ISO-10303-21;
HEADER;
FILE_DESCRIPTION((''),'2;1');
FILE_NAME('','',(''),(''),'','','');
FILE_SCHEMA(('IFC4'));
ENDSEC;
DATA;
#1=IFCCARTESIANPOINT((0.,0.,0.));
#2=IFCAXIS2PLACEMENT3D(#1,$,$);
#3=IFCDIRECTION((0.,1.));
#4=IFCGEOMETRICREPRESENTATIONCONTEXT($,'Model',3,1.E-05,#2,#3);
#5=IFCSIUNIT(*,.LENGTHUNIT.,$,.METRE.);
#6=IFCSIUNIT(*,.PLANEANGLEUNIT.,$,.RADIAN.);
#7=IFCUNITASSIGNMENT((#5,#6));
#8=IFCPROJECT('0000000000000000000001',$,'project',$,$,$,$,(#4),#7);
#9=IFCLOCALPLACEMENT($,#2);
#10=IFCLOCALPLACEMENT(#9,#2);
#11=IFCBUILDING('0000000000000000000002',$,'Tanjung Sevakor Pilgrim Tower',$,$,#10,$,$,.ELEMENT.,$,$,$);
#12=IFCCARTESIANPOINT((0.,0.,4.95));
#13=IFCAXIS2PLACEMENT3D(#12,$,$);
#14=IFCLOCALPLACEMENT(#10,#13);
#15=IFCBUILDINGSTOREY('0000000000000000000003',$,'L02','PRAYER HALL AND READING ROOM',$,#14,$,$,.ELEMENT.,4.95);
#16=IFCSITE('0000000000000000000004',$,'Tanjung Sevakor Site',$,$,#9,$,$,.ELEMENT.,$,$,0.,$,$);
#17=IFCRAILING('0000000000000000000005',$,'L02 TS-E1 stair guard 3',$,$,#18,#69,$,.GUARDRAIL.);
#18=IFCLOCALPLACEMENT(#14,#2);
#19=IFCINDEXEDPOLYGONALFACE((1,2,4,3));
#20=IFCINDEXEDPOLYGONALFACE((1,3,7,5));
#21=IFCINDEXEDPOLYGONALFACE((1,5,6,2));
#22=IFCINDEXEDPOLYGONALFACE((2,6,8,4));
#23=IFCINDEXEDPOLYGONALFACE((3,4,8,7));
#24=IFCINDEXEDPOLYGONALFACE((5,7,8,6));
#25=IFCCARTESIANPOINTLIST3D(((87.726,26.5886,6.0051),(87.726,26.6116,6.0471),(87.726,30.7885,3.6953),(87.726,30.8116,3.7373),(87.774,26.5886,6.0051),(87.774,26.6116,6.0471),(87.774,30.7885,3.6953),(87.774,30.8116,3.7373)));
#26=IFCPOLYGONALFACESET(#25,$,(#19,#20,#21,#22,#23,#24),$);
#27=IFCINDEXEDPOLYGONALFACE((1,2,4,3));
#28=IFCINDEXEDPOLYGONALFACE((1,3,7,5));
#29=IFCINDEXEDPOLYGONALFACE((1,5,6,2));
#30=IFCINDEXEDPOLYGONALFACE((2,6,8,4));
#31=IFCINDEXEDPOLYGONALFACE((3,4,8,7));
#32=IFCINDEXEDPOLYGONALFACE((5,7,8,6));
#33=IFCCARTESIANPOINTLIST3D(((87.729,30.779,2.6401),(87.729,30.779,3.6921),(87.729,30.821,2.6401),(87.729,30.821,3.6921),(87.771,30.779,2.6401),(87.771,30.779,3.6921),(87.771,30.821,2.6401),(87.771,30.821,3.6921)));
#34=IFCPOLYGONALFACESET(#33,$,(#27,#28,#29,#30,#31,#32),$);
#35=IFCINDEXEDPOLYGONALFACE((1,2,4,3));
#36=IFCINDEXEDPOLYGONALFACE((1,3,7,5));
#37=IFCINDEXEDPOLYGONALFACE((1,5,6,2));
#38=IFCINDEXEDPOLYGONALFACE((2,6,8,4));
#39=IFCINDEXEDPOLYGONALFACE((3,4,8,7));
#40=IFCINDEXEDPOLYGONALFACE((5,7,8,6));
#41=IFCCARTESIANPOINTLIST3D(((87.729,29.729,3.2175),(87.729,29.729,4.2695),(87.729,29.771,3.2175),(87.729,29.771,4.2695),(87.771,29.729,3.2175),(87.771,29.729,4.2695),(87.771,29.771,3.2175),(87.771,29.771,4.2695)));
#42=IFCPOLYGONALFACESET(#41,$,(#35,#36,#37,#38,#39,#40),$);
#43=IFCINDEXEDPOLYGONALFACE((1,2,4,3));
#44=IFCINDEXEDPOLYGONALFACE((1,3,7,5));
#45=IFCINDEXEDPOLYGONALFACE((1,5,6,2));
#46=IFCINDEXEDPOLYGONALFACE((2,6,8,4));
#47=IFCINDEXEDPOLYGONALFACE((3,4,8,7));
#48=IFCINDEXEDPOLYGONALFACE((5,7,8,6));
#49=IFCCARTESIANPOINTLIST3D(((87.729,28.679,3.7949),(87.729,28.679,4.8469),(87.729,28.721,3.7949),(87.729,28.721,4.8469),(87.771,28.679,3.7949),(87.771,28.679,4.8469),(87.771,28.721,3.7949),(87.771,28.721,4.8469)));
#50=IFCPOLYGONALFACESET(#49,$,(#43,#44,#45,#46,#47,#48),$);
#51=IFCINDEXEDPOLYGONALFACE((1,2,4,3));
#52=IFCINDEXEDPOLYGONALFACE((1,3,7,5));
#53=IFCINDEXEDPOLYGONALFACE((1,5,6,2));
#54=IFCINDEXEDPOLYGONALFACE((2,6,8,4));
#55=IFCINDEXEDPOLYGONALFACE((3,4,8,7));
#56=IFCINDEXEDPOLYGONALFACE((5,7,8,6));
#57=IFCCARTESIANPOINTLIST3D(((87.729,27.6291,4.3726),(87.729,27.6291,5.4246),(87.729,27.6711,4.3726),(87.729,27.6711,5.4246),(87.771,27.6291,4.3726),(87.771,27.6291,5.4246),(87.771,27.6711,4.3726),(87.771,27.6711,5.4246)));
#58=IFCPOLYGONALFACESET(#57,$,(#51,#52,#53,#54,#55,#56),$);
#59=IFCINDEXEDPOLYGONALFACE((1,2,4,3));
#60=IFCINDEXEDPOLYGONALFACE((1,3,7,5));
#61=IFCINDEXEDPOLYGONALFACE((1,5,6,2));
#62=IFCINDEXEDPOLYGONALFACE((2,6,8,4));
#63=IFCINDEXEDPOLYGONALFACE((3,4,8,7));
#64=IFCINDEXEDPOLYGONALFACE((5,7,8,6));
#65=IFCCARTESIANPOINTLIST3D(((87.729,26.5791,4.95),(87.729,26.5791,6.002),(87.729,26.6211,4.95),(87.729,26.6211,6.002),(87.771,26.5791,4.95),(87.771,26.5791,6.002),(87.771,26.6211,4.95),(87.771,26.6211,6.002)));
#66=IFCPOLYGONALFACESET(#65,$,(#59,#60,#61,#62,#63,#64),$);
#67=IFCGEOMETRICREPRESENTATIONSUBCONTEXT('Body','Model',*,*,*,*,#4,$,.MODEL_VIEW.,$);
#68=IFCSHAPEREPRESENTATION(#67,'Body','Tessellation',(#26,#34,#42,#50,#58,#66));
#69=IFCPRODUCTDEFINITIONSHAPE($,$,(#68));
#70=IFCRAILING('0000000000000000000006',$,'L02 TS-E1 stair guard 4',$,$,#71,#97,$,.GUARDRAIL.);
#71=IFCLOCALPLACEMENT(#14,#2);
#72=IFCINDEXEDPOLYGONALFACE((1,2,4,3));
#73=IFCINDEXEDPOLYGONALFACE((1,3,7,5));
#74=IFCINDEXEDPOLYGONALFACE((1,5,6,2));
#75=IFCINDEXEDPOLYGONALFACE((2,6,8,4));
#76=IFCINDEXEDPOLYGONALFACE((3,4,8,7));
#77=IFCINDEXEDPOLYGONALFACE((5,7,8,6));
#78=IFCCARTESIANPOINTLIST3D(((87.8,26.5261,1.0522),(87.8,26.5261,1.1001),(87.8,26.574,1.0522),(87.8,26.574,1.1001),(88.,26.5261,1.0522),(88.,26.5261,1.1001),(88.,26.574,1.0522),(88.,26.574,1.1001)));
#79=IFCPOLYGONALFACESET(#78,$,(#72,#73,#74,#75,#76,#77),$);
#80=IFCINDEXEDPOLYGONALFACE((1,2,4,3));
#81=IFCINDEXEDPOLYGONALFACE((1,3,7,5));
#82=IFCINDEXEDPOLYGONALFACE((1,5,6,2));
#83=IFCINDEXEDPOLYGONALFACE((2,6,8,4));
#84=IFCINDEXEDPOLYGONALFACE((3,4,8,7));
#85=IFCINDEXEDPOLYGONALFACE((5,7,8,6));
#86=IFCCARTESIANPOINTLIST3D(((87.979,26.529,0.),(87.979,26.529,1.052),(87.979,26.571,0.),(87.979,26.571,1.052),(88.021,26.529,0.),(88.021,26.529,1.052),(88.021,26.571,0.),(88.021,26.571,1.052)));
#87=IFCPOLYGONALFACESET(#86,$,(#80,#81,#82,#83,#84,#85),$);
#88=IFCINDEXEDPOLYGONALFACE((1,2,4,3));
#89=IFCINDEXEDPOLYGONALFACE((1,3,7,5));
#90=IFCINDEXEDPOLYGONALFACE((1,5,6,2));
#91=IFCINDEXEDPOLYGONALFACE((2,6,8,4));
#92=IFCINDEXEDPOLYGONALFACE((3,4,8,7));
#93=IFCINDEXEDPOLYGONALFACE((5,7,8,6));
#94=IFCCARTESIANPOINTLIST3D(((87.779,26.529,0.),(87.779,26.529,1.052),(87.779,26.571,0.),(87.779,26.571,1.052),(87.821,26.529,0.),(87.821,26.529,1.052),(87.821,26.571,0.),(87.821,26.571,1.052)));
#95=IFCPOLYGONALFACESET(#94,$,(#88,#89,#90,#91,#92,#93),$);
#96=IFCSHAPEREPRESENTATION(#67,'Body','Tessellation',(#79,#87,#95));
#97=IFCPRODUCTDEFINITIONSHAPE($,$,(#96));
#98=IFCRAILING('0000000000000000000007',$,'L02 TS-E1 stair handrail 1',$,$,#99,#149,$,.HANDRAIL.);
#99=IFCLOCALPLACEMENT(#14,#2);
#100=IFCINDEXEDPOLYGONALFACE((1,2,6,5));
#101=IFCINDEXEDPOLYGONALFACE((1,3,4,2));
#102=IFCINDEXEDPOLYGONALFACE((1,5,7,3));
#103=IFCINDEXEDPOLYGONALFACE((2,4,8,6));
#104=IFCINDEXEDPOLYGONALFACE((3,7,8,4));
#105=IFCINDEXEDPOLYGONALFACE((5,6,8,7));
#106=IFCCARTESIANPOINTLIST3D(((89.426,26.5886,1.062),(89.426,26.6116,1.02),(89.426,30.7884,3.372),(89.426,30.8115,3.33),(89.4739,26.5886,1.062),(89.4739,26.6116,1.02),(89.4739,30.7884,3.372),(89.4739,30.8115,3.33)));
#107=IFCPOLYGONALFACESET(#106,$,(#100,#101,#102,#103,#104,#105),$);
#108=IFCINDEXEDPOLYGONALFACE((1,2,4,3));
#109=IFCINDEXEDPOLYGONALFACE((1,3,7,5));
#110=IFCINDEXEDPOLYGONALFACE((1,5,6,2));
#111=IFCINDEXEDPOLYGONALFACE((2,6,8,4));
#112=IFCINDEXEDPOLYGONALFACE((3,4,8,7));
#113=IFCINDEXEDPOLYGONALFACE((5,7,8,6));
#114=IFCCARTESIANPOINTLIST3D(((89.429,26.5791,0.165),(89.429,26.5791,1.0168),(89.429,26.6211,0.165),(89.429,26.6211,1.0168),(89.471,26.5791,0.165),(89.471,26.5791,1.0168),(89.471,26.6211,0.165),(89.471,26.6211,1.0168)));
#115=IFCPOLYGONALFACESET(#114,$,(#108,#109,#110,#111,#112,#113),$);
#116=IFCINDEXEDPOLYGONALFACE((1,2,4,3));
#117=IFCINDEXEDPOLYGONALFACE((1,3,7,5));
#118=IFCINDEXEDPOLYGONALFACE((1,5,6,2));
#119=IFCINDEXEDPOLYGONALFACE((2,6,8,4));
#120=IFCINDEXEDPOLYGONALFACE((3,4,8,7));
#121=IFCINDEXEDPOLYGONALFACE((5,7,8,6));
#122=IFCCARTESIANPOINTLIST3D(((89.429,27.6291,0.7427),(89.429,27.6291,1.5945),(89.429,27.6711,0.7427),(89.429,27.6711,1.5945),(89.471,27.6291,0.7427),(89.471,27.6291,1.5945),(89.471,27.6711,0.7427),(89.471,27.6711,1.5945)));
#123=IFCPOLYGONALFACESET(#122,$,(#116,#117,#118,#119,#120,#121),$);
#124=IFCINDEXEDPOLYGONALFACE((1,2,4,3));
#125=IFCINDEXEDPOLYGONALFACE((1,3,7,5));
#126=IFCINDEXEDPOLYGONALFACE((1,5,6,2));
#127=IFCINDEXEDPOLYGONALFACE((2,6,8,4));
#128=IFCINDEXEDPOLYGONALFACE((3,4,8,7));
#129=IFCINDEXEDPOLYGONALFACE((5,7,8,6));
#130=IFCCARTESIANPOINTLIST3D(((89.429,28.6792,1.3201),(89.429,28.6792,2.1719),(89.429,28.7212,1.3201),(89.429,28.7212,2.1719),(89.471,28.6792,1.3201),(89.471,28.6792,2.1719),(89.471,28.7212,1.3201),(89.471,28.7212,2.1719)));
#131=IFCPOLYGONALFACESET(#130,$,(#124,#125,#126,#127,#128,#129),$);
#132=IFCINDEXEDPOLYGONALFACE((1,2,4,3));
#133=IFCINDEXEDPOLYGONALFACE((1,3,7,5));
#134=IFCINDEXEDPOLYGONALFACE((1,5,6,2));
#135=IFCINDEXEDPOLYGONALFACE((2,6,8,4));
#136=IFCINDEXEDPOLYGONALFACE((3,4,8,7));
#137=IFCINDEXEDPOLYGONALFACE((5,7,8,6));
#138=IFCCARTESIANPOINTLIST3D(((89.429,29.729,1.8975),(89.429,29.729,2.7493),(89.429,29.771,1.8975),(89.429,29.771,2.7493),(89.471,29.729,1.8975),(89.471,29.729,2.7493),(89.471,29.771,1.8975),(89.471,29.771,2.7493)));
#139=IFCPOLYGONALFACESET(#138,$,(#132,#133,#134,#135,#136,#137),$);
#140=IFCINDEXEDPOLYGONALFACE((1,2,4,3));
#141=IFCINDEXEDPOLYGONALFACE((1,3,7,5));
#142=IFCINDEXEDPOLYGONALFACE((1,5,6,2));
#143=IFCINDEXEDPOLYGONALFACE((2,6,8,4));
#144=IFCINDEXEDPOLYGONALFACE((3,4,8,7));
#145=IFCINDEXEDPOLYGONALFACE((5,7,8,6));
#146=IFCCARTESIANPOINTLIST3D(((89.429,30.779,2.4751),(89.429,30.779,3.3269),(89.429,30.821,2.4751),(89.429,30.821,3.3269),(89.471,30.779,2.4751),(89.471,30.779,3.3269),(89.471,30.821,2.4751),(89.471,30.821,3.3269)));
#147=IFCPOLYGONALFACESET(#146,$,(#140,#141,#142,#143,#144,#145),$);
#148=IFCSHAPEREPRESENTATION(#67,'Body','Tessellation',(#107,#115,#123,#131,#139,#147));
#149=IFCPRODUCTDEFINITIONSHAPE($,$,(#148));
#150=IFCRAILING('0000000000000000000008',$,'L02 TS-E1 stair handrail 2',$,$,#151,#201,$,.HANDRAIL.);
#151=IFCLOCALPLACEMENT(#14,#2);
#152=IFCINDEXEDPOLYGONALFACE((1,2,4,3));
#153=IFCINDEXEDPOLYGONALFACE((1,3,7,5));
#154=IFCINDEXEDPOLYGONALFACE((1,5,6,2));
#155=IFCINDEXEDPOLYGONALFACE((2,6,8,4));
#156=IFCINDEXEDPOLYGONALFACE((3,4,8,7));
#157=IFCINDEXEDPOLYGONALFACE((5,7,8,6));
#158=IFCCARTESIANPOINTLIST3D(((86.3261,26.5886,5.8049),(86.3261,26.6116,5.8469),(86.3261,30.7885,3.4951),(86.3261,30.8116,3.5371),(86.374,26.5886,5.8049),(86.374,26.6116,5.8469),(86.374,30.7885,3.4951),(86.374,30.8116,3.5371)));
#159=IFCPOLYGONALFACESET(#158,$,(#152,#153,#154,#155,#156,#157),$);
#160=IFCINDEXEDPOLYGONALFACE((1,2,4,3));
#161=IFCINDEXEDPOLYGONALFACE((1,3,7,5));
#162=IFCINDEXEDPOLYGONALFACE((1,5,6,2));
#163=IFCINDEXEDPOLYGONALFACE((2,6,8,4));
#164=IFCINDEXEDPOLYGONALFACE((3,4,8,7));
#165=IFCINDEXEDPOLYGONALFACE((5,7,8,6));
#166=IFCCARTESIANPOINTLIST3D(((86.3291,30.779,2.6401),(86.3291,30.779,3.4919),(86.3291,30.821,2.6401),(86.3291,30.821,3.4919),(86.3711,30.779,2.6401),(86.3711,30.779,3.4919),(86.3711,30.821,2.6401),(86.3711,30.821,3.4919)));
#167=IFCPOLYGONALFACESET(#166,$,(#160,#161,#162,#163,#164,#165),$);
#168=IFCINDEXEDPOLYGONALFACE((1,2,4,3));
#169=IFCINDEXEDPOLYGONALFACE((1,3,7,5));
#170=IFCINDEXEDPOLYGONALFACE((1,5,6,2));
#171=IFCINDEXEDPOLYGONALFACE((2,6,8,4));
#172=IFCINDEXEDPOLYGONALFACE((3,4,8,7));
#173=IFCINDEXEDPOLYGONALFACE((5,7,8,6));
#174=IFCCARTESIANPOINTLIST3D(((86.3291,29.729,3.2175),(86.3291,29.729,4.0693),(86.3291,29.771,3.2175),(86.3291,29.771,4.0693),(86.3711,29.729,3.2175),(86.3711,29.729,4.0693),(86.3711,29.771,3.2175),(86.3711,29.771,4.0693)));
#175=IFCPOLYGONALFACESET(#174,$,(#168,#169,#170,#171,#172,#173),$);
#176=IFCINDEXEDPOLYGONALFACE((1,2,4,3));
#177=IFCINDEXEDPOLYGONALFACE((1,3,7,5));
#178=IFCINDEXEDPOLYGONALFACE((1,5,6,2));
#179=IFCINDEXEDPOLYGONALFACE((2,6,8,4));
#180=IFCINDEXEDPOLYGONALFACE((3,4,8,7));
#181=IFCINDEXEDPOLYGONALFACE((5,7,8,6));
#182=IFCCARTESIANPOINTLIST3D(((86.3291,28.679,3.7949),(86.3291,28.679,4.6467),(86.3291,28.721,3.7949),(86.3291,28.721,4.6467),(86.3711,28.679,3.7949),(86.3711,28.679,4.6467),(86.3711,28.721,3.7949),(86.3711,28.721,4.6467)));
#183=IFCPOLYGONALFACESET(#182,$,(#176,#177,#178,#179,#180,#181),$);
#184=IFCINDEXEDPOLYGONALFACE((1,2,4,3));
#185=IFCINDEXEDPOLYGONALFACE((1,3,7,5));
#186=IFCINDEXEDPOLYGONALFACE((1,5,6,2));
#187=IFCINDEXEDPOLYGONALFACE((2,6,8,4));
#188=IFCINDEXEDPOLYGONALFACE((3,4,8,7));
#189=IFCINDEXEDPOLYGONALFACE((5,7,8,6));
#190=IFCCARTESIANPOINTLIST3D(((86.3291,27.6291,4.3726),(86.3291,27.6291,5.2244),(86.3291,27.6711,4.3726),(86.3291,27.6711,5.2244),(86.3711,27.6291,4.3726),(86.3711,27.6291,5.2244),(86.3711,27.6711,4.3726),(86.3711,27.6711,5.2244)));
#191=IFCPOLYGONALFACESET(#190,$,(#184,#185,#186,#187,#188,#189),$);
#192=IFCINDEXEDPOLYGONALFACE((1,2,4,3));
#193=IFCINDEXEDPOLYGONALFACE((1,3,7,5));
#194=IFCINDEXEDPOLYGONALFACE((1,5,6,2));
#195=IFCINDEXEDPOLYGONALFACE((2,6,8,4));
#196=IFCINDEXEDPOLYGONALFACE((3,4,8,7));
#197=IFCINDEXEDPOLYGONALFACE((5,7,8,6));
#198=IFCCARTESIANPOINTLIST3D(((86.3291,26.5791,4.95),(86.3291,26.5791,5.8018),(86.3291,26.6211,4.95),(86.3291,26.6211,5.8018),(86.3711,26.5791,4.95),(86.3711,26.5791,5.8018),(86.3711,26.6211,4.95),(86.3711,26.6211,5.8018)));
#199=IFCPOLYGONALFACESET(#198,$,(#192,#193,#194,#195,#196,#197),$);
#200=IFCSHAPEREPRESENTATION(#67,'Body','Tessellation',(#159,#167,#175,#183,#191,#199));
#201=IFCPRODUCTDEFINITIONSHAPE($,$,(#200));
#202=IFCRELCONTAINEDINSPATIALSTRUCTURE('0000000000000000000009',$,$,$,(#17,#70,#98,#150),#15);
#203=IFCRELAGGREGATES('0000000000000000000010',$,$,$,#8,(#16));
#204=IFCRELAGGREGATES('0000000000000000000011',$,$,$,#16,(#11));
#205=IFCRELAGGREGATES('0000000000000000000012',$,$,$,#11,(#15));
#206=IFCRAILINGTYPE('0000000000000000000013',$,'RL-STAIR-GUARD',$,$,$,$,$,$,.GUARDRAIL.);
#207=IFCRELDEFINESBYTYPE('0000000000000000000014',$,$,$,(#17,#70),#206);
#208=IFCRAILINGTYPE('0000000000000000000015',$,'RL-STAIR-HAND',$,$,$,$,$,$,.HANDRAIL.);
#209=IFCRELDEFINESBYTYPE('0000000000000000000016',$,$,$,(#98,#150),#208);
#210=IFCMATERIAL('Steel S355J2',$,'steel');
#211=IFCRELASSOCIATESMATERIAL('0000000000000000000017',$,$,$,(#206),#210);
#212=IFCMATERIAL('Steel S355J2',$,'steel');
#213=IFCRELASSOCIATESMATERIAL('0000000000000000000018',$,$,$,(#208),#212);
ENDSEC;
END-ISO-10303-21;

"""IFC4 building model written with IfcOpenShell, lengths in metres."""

from ifc_helpers import new_model, si_unit, direction, frame, origin, place, context, subcontext, project, spatial, rectangle, extrude, material, type_object, element, save


model = new_model("IFC4")

# Units and contexts
model_context = context("Model", 3, precision=1e-05, world=origin(), true_north=direction((0.0, 1.0)))
body_context = subcontext(model_context, "Body", "Model", "MODEL_VIEW")
ifc_project = project(units=[si_unit("LENGTHUNIT", "METRE"), si_unit("PLANEANGLEUNIT", "RADIAN")], contexts=[model_context])

# Site, building, storey
site_placement = place(None, origin())
site = spatial("IfcSite", under=ifc_project, at=site_placement, Name="Tanjung Sevakor Site", CompositionType="ELEMENT", RefElevation=0.0)
building_placement = place(site_placement, origin())
building = spatial("IfcBuilding", under=site, at=building_placement, Name="Tanjung Sevakor Pilgrim Tower", CompositionType="ELEMENT")
storey_placement = place(building_placement, frame((0.0, 0.0, 4.95)))
storey = spatial("IfcBuildingStorey", under=building, at=storey_placement, Name="L02", Description="PRAYER HALL AND READING ROOM", CompositionType="ELEMENT", Elevation=4.95)

# Railings
ifc_material_1 = material(Name="Steel S355J2", Category="steel")
railing_type_1 = type_object("IfcRailingType", Name="RL-STAIR-GUARD", PredefinedType="GUARDRAIL", material=ifc_material_1)
railing_1_placement = place(storey_placement, frame((87.75, 30.8, 2.6401)))
element("IfcRailing", 1, at=railing_1_placement, inside=storey, type_object=railing_type_1, Name="L02 TS-E1 stair guard 3", PredefinedType="GUARDRAIL", context=body_context, shape_type="SweptSolid", body=[
    extrude(rectangle(XDim=0.0479, YDim=0.0479), frame((0.0, 0.0, 1.0762), z_axis=(0.0, -0.87623, 0.481893), x_axis=(1.0, 0.0, 0.0)), (0.0, 0.0, 1.0), 4.7932),
    extrude(rectangle(XDim=0.042, YDim=0.042), origin(), (0.0, 0.0, 1.0), 1.052),
    extrude(rectangle(XDim=0.042, YDim=0.042), frame((0.0, -1.05, 0.5774)), (0.0, 0.0, 1.0), 1.052),
    extrude(rectangle(XDim=0.042, YDim=0.042), frame((0.0, -2.1001, 1.1548)), (0.0, 0.0, 1.0), 1.052),
    extrude(rectangle(XDim=0.042, YDim=0.042), frame((0.0, -3.1499, 1.7324)), (0.0, 0.0, 1.0), 1.052),
    extrude(rectangle(XDim=0.042, YDim=0.042), frame((0.0, -4.2, 2.3098)), (0.0, 0.0, 1.0), 1.052),
])
railing_2_placement = place(storey_placement, frame((88.0, 26.55, 0.0)))
element("IfcRailing", 2, at=railing_2_placement, inside=storey, type_object=railing_type_1, Name="L02 TS-E1 stair guard 4", PredefinedType="GUARDRAIL", context=body_context, shape_type="SweptSolid", body=[
    extrude(rectangle(XDim=0.0479, YDim=0.0479), frame((0.0, 0.0, 1.0762), z_axis=(-1.0, 0.0, 0.0), x_axis=(0.0, -1.0, 0.0)), (0.0, 0.0, 1.0), 0.2),
    extrude(rectangle(XDim=0.042, YDim=0.042), origin(), (0.0, 0.0, 1.0), 1.052),
    extrude(rectangle(XDim=0.042, YDim=0.042), frame((-0.2, 0.0, 0.0)), (0.0, 0.0, 1.0), 1.052),
])
ifc_material_2 = material(Name="Steel S355J2", Category="steel")
railing_type_2 = type_object("IfcRailingType", Name="RL-STAIR-HAND", PredefinedType="HANDRAIL", material=ifc_material_2)
railing_3_placement = place(storey_placement, frame((89.45, 26.6001, 0.165)))
element("IfcRailing", 3, at=railing_3_placement, inside=storey, type_object=railing_type_2, Name="L02 TS-E1 stair handrail 1", PredefinedType="HANDRAIL", context=body_context, shape_type="SweptSolid", body=[
    extrude(rectangle(XDim=0.0479, YDim=0.0479), frame((0.0, 0.0, 0.876), z_axis=(0.0, 0.876208, 0.481932), x_axis=(-1.0, 0.0, 0.0)), (0.0, 0.0, 1.0), 4.7932),
    extrude(rectangle(XDim=0.042, YDim=0.042), origin(), (0.0, 0.0, 1.0), 0.8518),
    extrude(rectangle(XDim=0.042, YDim=0.042), frame((0.0, 1.05, 0.5776)), (0.0, 0.0, 1.0), 0.8518),
    extrude(rectangle(XDim=0.042, YDim=0.042), frame((0.0, 2.1001, 1.155)), (0.0, 0.0, 1.0), 0.8518),
    extrude(rectangle(XDim=0.042, YDim=0.042), frame((0.0, 3.1499, 1.7324)), (0.0, 0.0, 1.0), 0.8518),
    extrude(rectangle(XDim=0.042, YDim=0.042), frame((0.0, 4.2, 2.3101)), (0.0, 0.0, 1.0), 0.8518),
])
railing_4_placement = place(storey_placement, frame((86.3501, 30.8, 2.6401)))
element("IfcRailing", 4, at=railing_4_placement, inside=storey, type_object=railing_type_2, Name="L02 TS-E1 stair handrail 2", PredefinedType="HANDRAIL", context=body_context, shape_type="SweptSolid", body=[
    extrude(rectangle(XDim=0.0479, YDim=0.0479), frame((0.0, 0.0, 0.876), z_axis=(0.0, -0.87623, 0.481893), x_axis=(1.0, 0.0, 0.0)), (0.0, 0.0, 1.0), 4.7932),
    extrude(rectangle(XDim=0.042, YDim=0.042), origin(), (0.0, 0.0, 1.0), 0.8518),
    extrude(rectangle(XDim=0.042, YDim=0.042), frame((0.0, -1.05, 0.5774)), (0.0, 0.0, 1.0), 0.8518),
    extrude(rectangle(XDim=0.042, YDim=0.042), frame((0.0, -2.1001, 1.1548)), (0.0, 0.0, 1.0), 0.8518),
    extrude(rectangle(XDim=0.042, YDim=0.042), frame((0.0, -3.1499, 1.7324)), (0.0, 0.0, 1.0), 0.8518),
    extrude(rectangle(XDim=0.042, YDim=0.042), frame((0.0, -4.2, 2.3098)), (0.0, 0.0, 1.0), 0.8518),
])

save(model, "model.ifc")
